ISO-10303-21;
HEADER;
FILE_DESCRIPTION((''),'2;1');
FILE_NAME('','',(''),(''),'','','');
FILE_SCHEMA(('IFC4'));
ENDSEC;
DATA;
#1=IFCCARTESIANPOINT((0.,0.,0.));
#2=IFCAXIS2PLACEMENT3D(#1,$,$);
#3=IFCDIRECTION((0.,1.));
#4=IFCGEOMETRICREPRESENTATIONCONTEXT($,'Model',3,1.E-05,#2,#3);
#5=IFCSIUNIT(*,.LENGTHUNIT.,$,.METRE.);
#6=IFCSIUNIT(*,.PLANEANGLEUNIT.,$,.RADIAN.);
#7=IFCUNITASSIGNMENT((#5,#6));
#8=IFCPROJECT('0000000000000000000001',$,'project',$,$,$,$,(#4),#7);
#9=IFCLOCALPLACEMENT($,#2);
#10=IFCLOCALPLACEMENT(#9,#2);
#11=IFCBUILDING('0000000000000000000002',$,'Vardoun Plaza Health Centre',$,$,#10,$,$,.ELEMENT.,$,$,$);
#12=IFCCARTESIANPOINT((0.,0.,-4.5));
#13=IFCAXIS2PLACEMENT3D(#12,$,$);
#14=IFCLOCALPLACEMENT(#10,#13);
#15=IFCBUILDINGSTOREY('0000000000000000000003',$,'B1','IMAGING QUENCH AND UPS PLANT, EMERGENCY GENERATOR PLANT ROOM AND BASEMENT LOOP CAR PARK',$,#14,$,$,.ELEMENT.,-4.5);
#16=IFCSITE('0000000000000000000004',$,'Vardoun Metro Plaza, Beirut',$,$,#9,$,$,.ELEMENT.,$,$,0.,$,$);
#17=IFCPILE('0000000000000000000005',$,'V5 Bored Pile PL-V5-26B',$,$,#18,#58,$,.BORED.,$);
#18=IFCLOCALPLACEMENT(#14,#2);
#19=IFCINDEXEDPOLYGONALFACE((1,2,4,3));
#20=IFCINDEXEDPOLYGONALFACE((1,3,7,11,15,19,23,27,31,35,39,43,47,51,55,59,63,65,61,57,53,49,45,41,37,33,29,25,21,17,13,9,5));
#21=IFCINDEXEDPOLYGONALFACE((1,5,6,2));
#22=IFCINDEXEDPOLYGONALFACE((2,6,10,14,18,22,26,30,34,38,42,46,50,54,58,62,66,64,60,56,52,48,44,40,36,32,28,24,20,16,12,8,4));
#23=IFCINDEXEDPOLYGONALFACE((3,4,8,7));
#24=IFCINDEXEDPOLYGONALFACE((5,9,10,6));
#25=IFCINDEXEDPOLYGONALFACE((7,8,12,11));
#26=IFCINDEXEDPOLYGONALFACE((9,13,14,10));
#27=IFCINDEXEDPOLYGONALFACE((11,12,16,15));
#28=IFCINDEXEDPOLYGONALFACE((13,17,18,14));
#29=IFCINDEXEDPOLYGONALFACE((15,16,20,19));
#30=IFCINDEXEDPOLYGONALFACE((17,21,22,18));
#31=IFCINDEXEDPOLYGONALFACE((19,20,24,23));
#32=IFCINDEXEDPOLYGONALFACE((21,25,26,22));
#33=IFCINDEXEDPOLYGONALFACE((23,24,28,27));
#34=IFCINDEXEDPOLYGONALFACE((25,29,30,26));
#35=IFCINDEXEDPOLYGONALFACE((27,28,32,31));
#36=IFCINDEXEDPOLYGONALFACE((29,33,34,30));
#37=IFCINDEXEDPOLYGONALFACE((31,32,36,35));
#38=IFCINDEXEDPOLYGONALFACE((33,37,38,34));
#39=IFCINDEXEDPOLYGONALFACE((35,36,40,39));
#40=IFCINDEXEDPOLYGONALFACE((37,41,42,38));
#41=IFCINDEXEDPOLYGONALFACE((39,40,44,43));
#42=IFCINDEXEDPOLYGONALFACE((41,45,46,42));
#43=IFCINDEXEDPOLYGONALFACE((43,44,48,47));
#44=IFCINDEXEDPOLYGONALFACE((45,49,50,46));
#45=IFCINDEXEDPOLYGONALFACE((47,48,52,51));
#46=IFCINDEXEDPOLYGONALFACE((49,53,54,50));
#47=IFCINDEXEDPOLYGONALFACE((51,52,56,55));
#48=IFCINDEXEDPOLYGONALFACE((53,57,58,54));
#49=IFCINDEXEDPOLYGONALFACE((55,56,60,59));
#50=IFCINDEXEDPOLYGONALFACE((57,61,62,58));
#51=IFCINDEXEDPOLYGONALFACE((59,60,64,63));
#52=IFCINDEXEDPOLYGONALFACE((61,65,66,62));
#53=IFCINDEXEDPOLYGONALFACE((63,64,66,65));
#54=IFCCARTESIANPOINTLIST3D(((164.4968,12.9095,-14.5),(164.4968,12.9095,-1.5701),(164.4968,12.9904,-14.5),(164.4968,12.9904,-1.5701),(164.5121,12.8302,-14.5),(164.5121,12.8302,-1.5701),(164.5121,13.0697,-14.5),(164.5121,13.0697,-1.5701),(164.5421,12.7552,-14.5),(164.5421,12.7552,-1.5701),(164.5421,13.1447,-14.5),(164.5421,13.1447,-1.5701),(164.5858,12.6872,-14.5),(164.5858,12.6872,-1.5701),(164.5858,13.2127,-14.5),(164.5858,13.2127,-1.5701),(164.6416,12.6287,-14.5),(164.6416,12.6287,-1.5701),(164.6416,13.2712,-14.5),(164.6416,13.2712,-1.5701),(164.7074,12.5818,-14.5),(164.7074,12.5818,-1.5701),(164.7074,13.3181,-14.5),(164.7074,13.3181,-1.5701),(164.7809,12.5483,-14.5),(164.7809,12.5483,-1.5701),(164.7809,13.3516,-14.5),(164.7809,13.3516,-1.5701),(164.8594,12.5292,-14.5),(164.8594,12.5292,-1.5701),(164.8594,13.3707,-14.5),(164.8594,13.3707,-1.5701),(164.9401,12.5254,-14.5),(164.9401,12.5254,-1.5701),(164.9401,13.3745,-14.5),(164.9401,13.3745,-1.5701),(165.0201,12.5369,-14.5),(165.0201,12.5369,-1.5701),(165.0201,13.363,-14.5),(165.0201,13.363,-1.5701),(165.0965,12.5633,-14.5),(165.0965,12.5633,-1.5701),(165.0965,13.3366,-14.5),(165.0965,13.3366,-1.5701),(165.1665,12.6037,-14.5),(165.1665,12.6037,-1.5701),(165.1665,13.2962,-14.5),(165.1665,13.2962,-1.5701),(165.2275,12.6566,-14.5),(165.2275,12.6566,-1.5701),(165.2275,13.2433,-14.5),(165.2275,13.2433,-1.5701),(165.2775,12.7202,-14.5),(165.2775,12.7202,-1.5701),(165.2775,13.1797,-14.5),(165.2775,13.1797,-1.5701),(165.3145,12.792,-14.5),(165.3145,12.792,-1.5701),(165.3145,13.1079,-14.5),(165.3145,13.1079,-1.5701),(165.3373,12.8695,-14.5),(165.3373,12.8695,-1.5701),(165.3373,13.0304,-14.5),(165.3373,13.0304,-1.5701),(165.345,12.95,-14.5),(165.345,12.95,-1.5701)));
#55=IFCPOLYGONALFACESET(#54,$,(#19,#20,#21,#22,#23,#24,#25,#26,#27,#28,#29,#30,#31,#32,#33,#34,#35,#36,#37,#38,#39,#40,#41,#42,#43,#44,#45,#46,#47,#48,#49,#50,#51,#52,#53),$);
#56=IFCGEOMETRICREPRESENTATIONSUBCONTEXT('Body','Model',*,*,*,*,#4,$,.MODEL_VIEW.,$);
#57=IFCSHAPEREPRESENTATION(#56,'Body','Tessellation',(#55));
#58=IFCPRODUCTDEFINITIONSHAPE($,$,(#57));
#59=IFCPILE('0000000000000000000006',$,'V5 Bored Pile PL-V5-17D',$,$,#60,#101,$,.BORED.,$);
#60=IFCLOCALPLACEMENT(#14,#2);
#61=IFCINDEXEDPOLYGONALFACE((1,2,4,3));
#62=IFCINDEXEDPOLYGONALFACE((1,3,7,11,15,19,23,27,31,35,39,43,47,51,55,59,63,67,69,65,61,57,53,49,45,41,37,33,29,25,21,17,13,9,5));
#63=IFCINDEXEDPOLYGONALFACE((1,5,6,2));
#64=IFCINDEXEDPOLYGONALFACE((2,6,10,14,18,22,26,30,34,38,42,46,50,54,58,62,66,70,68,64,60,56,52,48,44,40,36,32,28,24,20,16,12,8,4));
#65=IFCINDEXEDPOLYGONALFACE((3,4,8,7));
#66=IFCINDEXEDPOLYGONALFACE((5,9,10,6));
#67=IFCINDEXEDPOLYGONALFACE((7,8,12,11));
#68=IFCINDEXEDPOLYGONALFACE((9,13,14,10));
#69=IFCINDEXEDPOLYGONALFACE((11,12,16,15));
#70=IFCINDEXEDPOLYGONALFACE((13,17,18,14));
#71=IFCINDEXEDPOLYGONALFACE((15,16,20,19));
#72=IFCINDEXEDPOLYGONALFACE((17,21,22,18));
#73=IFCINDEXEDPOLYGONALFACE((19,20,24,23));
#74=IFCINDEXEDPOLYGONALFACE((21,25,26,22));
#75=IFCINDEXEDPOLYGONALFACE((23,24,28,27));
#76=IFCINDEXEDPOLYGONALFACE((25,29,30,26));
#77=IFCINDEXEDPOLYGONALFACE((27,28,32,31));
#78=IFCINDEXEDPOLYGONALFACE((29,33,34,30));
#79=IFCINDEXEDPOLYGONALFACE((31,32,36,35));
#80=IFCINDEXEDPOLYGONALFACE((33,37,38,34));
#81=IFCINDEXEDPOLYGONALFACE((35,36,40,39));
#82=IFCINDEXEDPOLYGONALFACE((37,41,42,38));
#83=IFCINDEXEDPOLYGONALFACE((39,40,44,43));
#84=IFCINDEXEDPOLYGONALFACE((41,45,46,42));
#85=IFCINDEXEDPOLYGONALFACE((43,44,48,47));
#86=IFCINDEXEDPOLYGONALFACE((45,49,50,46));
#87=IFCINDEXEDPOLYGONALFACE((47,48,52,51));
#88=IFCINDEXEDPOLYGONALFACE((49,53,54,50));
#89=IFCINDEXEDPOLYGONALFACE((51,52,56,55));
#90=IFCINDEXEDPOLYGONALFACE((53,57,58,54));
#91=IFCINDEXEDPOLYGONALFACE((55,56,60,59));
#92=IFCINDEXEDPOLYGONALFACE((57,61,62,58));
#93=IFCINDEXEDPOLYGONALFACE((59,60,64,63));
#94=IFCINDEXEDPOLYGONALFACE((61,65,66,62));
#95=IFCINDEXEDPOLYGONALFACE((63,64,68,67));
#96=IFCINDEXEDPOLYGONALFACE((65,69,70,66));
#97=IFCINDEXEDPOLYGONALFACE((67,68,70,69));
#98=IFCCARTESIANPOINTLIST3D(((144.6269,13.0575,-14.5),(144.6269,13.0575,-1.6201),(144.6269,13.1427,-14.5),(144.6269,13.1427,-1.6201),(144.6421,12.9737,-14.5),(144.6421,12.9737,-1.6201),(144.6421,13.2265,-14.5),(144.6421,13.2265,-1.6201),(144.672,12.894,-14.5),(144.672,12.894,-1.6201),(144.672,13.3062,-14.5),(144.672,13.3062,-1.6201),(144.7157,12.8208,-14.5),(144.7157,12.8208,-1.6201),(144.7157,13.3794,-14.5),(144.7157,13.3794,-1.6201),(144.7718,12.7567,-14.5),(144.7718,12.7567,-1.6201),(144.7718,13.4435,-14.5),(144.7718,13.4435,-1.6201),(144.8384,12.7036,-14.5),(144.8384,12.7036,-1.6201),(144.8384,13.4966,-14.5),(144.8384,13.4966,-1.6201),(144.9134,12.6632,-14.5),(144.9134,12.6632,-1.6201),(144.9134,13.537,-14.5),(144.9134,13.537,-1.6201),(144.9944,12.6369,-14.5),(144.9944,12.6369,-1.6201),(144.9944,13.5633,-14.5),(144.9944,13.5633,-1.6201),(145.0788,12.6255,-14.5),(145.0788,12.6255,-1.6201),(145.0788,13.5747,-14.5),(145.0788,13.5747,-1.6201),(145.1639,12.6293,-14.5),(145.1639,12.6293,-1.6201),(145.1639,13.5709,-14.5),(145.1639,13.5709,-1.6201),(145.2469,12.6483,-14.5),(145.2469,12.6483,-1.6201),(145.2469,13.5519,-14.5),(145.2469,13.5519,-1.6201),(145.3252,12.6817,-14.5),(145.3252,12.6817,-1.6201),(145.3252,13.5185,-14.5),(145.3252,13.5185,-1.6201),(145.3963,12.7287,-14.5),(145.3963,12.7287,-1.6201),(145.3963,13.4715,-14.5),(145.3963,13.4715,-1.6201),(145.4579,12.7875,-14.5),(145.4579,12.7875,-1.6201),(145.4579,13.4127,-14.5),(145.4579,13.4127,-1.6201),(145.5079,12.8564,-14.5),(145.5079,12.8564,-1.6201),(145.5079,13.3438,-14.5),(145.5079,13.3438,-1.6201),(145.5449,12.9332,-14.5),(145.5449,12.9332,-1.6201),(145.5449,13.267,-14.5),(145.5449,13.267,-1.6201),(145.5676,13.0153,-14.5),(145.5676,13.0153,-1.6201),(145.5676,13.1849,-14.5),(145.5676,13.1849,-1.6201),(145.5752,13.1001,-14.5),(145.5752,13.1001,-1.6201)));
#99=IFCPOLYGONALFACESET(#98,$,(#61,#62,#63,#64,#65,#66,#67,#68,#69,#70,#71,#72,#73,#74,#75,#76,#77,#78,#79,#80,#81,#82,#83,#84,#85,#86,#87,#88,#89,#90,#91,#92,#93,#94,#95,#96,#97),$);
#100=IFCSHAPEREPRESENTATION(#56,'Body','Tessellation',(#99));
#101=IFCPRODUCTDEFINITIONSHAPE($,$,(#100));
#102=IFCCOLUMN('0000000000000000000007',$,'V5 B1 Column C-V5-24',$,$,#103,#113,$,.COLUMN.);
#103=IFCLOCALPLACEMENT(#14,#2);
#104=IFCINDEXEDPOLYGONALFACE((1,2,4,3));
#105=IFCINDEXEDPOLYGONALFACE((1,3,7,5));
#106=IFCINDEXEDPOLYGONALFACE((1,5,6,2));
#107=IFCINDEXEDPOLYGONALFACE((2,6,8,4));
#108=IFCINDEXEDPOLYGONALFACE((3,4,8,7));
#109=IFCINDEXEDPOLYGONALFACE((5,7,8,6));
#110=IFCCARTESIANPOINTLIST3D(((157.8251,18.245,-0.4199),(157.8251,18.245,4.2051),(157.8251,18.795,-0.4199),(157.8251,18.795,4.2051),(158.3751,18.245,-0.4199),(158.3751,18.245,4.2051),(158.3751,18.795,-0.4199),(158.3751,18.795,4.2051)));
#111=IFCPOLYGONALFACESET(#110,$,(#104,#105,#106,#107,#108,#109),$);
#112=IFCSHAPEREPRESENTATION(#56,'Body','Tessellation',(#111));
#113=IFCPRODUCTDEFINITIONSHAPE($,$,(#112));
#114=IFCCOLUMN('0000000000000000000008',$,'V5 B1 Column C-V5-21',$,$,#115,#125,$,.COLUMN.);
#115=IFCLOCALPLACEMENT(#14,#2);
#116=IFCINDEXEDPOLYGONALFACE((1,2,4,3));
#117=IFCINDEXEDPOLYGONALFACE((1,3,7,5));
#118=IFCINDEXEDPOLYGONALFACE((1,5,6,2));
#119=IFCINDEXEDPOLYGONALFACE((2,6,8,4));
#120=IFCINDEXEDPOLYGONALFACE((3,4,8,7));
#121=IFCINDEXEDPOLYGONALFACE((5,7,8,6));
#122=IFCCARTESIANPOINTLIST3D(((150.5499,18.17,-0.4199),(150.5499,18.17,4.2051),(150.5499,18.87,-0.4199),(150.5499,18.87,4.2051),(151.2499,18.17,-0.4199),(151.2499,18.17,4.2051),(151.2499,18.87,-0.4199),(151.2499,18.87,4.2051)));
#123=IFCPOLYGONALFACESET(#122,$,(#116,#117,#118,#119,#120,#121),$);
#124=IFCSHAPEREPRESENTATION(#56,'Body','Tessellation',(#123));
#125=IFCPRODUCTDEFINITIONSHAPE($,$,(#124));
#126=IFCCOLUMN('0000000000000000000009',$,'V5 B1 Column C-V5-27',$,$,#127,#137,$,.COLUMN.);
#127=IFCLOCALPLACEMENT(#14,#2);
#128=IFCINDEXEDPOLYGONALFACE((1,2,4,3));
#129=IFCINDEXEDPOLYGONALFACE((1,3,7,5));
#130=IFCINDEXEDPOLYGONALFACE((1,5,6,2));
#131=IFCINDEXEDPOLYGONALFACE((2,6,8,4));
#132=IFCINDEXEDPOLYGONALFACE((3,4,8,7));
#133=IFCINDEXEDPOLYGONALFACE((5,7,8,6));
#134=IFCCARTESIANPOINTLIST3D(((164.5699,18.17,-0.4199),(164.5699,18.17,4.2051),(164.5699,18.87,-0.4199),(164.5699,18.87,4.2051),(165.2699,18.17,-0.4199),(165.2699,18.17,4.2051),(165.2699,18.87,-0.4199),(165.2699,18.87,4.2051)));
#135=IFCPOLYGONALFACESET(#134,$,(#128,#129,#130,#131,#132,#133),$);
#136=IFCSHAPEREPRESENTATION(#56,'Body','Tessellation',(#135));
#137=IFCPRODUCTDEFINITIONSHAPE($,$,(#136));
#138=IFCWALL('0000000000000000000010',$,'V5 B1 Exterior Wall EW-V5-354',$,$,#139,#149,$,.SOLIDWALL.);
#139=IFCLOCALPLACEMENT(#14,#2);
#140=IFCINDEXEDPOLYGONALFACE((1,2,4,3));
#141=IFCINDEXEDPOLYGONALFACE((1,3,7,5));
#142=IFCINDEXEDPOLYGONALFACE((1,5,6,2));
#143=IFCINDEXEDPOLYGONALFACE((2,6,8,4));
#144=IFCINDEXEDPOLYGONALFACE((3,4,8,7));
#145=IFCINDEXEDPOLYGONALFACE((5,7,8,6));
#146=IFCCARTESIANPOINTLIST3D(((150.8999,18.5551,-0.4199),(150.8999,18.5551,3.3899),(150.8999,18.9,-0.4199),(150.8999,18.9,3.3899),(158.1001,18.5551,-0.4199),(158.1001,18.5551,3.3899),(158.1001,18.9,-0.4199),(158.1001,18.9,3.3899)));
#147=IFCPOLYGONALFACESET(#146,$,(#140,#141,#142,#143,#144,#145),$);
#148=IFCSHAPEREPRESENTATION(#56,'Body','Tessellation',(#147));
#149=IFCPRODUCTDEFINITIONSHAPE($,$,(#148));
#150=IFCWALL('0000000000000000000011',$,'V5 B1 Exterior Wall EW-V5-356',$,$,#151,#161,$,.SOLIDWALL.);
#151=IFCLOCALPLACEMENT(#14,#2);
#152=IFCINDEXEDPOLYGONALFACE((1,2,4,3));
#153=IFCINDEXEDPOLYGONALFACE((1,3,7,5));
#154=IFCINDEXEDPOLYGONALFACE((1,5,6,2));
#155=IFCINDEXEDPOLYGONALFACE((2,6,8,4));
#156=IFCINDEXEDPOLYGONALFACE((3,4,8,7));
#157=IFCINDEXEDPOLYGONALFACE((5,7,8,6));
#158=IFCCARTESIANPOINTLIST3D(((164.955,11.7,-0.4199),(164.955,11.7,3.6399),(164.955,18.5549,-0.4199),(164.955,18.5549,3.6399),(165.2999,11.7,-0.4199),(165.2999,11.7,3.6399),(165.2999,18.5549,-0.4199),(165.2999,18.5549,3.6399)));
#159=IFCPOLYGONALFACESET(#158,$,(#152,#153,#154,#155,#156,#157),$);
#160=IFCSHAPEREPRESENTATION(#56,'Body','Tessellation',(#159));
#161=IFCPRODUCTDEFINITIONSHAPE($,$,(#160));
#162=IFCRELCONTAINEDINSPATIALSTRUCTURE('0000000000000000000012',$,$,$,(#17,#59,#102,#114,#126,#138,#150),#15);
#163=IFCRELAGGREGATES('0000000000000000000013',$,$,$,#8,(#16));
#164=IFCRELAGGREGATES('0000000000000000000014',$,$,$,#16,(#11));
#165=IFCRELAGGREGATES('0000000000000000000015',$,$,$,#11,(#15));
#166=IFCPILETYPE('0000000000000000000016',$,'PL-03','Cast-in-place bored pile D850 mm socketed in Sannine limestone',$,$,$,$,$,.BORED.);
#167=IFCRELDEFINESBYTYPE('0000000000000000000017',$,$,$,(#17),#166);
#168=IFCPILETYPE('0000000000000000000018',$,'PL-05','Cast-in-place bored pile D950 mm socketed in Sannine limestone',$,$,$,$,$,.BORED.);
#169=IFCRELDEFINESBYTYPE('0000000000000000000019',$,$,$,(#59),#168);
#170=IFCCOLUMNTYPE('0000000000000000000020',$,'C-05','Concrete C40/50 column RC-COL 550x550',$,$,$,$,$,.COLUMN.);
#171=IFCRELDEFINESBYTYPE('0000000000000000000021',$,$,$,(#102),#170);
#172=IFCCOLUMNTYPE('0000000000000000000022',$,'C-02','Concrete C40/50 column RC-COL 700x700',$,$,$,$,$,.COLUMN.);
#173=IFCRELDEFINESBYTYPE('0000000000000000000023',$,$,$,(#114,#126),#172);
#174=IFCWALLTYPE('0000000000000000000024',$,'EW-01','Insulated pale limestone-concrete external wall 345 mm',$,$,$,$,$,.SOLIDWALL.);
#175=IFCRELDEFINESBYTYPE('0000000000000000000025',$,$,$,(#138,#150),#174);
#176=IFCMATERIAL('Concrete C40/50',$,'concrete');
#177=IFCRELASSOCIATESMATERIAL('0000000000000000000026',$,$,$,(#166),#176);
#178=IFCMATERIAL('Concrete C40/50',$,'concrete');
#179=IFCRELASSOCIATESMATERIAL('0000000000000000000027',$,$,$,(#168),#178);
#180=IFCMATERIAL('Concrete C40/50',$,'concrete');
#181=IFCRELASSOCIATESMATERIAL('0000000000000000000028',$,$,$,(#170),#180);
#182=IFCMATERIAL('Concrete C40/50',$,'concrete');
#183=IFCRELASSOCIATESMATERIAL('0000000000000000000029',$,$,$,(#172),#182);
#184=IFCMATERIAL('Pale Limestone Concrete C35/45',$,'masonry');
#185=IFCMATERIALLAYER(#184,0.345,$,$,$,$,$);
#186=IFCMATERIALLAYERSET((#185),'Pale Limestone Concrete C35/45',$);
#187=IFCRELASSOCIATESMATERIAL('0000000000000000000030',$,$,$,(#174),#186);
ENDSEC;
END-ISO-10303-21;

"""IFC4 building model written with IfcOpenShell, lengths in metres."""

from ifc_helpers import new_model, si_unit, direction, frame, frame_2d, origin, origin_2d, place, context, subcontext, project, spatial, rectangle, circle, extrude, material, layer, layer_set, material_profile, profile_set, type_object, element, save


model = new_model("IFC4")

# Units and contexts
model_context = context("Model", 3, precision=1e-05, world=origin(), true_north=direction((0.0, 1.0)))
body_context = subcontext(model_context, "Body", "Model", "MODEL_VIEW")
ifc_project = project(units=[si_unit("LENGTHUNIT", "METRE"), si_unit("PLANEANGLEUNIT", "RADIAN")], contexts=[model_context])

# Site, building, storey
site_placement = place(None, origin())
site = spatial("IfcSite", under=ifc_project, at=site_placement, Name="Vardoun Metro Plaza, Beirut", CompositionType="ELEMENT", RefElevation=0.0)
building_placement = place(site_placement, origin())
building = spatial("IfcBuilding", under=site, at=building_placement, Name="Vardoun Plaza Health Centre", CompositionType="ELEMENT")
storey_placement = place(building_placement, frame((0.0, 0.0, -4.5)))
storey = spatial("IfcBuildingStorey", under=building, at=storey_placement, Name="B1", Description="IMAGING QUENCH AND UPS PLANT, EMERGENCY GENERATOR PLANT ROOM AND BASEMENT LOOP CAR PARK", CompositionType="ELEMENT", Elevation=-4.5)

# Piles
ifc_material_1 = material(Name="Concrete C40/50", Category="concrete")
ifc_material_profile_1 = material_profile(ifc_material_1, circle(Radius=0.425, at=origin_2d()), Name="PILE D850")
ifc_profile_set_1 = profile_set([ifc_material_profile_1], Name="Concrete C40/50")
pile_type_1 = type_object("IfcPileType", Name="PL-03", Description="Cast-in-place bored pile D850 mm socketed in Sannine limestone", PredefinedType="BORED", material=ifc_profile_set_1)
pile_1_placement = place(storey_placement, frame((164.9199, 12.95, -1.5701), z_axis=(0.0, 0.0, -1.0), x_axis=(1.0, 0.0, 0.0)))
element("IfcPile", 1, at=pile_1_placement, inside=storey, type_object=pile_type_1, Name="V5 Bored Pile PL-V5-26B", PredefinedType="BORED", context=body_context, shape_type="SweptSolid", body=[
    extrude(circle(Radius=0.425, at=origin_2d()), origin(), (0.0, 0.0, 1.0), 12.9299),
])
ifc_material_2 = material(Name="Concrete C40/50", Category="concrete")
ifc_material_profile_2 = material_profile(ifc_material_2, circle(Radius=0.4751, at=origin_2d()), Name="PILE D950")
ifc_profile_set_2 = profile_set([ifc_material_profile_2], Name="Concrete C40/50")
pile_type_2 = type_object("IfcPileType", Name="PL-05", Description="Cast-in-place bored pile D950 mm socketed in Sannine limestone", PredefinedType="BORED", material=ifc_profile_set_2)
pile_2_placement = place(storey_placement, frame((145.1001, 13.1001, -1.6201), z_axis=(0.0, 0.0, -1.0), x_axis=(1.0, 0.0, 0.0)))
element("IfcPile", 2, at=pile_2_placement, inside=storey, type_object=pile_type_2, Name="V5 Bored Pile PL-V5-17D", PredefinedType="BORED", context=body_context, shape_type="SweptSolid", body=[
    extrude(circle(Radius=0.4751, at=origin_2d()), origin(), (0.0, 0.0, 1.0), 12.8799),
])

# Columns
ifc_material_3 = material(Name="Concrete C40/50", Category="concrete")
ifc_material_profile_3 = material_profile(ifc_material_3, rectangle(XDim=0.55, YDim=0.55, at=origin_2d()), Name="RC-COL 550x550")
ifc_profile_set_3 = profile_set([ifc_material_profile_3], Name="Concrete C40/50")
column_type_1 = type_object("IfcColumnType", Name="C-05", Description="Concrete C40/50 column RC-COL 550x550", PredefinedType="COLUMN", material=ifc_profile_set_3)
column_placement = place(storey_placement, frame((158.1001, 18.52, -0.4199), z_axis=(0.0, 0.0, 1.0), x_axis=(1.0, 0.0, 0.0)))
element("IfcColumn", 3, at=column_placement, inside=storey, type_object=column_type_1, Name="V5 B1 Column C-V5-24", PredefinedType="COLUMN", context=body_context, shape_type="SweptSolid", body=[
    extrude(rectangle(XDim=0.55, YDim=0.55, at=origin_2d()), origin(), (0.0, 0.0, 1.0), 4.625),
])
ifc_material_4 = material(Name="Concrete C40/50", Category="concrete")
ifc_material_profile_4 = material_profile(ifc_material_4, rectangle(XDim=0.7, YDim=0.7, at=origin_2d()), Name="RC-COL 700x700")
ifc_profile_set_4 = profile_set([ifc_material_profile_4], Name="Concrete C40/50")
column_type_2 = type_object("IfcColumnType", Name="C-02", Description="Concrete C40/50 column RC-COL 700x700", PredefinedType="COLUMN", material=ifc_profile_set_4)
for number, where, z_axis, x_axis, name in (
    (4, (150.8999, 18.52, -0.4199), (0.0, 0.0, 1.0), (1.0, 0.0, 0.0), "V5 B1 Column C-V5-21"),
    (5, (164.9199, 18.52, -0.4199), (0.0, 0.0, 1.0), (1.0, 0.0, 0.0), "V5 B1 Column C-V5-27"),
):
    element("IfcColumn", number, at=place(storey_placement, frame(where, z_axis=z_axis, x_axis=x_axis)), inside=storey, type_object=column_type_2, Name=name, PredefinedType="COLUMN", context=body_context, shape_type="SweptSolid", body=[
        extrude(rectangle(XDim=0.7, YDim=0.7, at=origin_2d()), origin(), (0.0, 0.0, 1.0), 4.625),
    ])

# Walls
ifc_material_5 = material(Name="Pale Limestone Concrete C35/45", Category="masonry")
ifc_layer = layer(ifc_material_5, 0.345)
ifc_layer_set = layer_set([ifc_layer], Name="Pale Limestone Concrete C35/45")
wall_type = type_object("IfcWallType", Name="EW-01", Description="Insulated pale limestone-concrete external wall 345 mm", PredefinedType="SOLIDWALL", material=ifc_layer_set)
wall_1_placement = place(storey_placement, frame((150.8999, 18.7275, -0.4199), z_axis=(0.0, 0.0, 1.0), x_axis=(1.0, 0.0, 0.0)))
element("IfcWall", 6, at=wall_1_placement, inside=storey, type_object=wall_type, Name="V5 B1 Exterior Wall EW-V5-354", PredefinedType="SOLIDWALL", context=body_context, shape_type="SweptSolid", body=[
    extrude(rectangle(XDim=7.2002, YDim=0.345, at=frame_2d((3.6001, 0.0))), origin(), (0.0, 0.0, 1.0), 3.8098),
])
wall_2_placement = place(storey_placement, frame((165.1274, 18.5549, -0.4199), z_axis=(0.0, 0.0, 1.0), x_axis=(0.0, -1.0, 0.0)))
element("IfcWall", 7, at=wall_2_placement, inside=storey, type_object=wall_type, Name="V5 B1 Exterior Wall EW-V5-356", PredefinedType="SOLIDWALL", context=body_context, shape_type="SweptSolid", body=[
    extrude(rectangle(XDim=6.855, YDim=0.345, at=frame_2d((3.4275, 0.0))), origin(), (0.0, 0.0, 1.0), 4.0598),
])

save(model, "model.ifc")
